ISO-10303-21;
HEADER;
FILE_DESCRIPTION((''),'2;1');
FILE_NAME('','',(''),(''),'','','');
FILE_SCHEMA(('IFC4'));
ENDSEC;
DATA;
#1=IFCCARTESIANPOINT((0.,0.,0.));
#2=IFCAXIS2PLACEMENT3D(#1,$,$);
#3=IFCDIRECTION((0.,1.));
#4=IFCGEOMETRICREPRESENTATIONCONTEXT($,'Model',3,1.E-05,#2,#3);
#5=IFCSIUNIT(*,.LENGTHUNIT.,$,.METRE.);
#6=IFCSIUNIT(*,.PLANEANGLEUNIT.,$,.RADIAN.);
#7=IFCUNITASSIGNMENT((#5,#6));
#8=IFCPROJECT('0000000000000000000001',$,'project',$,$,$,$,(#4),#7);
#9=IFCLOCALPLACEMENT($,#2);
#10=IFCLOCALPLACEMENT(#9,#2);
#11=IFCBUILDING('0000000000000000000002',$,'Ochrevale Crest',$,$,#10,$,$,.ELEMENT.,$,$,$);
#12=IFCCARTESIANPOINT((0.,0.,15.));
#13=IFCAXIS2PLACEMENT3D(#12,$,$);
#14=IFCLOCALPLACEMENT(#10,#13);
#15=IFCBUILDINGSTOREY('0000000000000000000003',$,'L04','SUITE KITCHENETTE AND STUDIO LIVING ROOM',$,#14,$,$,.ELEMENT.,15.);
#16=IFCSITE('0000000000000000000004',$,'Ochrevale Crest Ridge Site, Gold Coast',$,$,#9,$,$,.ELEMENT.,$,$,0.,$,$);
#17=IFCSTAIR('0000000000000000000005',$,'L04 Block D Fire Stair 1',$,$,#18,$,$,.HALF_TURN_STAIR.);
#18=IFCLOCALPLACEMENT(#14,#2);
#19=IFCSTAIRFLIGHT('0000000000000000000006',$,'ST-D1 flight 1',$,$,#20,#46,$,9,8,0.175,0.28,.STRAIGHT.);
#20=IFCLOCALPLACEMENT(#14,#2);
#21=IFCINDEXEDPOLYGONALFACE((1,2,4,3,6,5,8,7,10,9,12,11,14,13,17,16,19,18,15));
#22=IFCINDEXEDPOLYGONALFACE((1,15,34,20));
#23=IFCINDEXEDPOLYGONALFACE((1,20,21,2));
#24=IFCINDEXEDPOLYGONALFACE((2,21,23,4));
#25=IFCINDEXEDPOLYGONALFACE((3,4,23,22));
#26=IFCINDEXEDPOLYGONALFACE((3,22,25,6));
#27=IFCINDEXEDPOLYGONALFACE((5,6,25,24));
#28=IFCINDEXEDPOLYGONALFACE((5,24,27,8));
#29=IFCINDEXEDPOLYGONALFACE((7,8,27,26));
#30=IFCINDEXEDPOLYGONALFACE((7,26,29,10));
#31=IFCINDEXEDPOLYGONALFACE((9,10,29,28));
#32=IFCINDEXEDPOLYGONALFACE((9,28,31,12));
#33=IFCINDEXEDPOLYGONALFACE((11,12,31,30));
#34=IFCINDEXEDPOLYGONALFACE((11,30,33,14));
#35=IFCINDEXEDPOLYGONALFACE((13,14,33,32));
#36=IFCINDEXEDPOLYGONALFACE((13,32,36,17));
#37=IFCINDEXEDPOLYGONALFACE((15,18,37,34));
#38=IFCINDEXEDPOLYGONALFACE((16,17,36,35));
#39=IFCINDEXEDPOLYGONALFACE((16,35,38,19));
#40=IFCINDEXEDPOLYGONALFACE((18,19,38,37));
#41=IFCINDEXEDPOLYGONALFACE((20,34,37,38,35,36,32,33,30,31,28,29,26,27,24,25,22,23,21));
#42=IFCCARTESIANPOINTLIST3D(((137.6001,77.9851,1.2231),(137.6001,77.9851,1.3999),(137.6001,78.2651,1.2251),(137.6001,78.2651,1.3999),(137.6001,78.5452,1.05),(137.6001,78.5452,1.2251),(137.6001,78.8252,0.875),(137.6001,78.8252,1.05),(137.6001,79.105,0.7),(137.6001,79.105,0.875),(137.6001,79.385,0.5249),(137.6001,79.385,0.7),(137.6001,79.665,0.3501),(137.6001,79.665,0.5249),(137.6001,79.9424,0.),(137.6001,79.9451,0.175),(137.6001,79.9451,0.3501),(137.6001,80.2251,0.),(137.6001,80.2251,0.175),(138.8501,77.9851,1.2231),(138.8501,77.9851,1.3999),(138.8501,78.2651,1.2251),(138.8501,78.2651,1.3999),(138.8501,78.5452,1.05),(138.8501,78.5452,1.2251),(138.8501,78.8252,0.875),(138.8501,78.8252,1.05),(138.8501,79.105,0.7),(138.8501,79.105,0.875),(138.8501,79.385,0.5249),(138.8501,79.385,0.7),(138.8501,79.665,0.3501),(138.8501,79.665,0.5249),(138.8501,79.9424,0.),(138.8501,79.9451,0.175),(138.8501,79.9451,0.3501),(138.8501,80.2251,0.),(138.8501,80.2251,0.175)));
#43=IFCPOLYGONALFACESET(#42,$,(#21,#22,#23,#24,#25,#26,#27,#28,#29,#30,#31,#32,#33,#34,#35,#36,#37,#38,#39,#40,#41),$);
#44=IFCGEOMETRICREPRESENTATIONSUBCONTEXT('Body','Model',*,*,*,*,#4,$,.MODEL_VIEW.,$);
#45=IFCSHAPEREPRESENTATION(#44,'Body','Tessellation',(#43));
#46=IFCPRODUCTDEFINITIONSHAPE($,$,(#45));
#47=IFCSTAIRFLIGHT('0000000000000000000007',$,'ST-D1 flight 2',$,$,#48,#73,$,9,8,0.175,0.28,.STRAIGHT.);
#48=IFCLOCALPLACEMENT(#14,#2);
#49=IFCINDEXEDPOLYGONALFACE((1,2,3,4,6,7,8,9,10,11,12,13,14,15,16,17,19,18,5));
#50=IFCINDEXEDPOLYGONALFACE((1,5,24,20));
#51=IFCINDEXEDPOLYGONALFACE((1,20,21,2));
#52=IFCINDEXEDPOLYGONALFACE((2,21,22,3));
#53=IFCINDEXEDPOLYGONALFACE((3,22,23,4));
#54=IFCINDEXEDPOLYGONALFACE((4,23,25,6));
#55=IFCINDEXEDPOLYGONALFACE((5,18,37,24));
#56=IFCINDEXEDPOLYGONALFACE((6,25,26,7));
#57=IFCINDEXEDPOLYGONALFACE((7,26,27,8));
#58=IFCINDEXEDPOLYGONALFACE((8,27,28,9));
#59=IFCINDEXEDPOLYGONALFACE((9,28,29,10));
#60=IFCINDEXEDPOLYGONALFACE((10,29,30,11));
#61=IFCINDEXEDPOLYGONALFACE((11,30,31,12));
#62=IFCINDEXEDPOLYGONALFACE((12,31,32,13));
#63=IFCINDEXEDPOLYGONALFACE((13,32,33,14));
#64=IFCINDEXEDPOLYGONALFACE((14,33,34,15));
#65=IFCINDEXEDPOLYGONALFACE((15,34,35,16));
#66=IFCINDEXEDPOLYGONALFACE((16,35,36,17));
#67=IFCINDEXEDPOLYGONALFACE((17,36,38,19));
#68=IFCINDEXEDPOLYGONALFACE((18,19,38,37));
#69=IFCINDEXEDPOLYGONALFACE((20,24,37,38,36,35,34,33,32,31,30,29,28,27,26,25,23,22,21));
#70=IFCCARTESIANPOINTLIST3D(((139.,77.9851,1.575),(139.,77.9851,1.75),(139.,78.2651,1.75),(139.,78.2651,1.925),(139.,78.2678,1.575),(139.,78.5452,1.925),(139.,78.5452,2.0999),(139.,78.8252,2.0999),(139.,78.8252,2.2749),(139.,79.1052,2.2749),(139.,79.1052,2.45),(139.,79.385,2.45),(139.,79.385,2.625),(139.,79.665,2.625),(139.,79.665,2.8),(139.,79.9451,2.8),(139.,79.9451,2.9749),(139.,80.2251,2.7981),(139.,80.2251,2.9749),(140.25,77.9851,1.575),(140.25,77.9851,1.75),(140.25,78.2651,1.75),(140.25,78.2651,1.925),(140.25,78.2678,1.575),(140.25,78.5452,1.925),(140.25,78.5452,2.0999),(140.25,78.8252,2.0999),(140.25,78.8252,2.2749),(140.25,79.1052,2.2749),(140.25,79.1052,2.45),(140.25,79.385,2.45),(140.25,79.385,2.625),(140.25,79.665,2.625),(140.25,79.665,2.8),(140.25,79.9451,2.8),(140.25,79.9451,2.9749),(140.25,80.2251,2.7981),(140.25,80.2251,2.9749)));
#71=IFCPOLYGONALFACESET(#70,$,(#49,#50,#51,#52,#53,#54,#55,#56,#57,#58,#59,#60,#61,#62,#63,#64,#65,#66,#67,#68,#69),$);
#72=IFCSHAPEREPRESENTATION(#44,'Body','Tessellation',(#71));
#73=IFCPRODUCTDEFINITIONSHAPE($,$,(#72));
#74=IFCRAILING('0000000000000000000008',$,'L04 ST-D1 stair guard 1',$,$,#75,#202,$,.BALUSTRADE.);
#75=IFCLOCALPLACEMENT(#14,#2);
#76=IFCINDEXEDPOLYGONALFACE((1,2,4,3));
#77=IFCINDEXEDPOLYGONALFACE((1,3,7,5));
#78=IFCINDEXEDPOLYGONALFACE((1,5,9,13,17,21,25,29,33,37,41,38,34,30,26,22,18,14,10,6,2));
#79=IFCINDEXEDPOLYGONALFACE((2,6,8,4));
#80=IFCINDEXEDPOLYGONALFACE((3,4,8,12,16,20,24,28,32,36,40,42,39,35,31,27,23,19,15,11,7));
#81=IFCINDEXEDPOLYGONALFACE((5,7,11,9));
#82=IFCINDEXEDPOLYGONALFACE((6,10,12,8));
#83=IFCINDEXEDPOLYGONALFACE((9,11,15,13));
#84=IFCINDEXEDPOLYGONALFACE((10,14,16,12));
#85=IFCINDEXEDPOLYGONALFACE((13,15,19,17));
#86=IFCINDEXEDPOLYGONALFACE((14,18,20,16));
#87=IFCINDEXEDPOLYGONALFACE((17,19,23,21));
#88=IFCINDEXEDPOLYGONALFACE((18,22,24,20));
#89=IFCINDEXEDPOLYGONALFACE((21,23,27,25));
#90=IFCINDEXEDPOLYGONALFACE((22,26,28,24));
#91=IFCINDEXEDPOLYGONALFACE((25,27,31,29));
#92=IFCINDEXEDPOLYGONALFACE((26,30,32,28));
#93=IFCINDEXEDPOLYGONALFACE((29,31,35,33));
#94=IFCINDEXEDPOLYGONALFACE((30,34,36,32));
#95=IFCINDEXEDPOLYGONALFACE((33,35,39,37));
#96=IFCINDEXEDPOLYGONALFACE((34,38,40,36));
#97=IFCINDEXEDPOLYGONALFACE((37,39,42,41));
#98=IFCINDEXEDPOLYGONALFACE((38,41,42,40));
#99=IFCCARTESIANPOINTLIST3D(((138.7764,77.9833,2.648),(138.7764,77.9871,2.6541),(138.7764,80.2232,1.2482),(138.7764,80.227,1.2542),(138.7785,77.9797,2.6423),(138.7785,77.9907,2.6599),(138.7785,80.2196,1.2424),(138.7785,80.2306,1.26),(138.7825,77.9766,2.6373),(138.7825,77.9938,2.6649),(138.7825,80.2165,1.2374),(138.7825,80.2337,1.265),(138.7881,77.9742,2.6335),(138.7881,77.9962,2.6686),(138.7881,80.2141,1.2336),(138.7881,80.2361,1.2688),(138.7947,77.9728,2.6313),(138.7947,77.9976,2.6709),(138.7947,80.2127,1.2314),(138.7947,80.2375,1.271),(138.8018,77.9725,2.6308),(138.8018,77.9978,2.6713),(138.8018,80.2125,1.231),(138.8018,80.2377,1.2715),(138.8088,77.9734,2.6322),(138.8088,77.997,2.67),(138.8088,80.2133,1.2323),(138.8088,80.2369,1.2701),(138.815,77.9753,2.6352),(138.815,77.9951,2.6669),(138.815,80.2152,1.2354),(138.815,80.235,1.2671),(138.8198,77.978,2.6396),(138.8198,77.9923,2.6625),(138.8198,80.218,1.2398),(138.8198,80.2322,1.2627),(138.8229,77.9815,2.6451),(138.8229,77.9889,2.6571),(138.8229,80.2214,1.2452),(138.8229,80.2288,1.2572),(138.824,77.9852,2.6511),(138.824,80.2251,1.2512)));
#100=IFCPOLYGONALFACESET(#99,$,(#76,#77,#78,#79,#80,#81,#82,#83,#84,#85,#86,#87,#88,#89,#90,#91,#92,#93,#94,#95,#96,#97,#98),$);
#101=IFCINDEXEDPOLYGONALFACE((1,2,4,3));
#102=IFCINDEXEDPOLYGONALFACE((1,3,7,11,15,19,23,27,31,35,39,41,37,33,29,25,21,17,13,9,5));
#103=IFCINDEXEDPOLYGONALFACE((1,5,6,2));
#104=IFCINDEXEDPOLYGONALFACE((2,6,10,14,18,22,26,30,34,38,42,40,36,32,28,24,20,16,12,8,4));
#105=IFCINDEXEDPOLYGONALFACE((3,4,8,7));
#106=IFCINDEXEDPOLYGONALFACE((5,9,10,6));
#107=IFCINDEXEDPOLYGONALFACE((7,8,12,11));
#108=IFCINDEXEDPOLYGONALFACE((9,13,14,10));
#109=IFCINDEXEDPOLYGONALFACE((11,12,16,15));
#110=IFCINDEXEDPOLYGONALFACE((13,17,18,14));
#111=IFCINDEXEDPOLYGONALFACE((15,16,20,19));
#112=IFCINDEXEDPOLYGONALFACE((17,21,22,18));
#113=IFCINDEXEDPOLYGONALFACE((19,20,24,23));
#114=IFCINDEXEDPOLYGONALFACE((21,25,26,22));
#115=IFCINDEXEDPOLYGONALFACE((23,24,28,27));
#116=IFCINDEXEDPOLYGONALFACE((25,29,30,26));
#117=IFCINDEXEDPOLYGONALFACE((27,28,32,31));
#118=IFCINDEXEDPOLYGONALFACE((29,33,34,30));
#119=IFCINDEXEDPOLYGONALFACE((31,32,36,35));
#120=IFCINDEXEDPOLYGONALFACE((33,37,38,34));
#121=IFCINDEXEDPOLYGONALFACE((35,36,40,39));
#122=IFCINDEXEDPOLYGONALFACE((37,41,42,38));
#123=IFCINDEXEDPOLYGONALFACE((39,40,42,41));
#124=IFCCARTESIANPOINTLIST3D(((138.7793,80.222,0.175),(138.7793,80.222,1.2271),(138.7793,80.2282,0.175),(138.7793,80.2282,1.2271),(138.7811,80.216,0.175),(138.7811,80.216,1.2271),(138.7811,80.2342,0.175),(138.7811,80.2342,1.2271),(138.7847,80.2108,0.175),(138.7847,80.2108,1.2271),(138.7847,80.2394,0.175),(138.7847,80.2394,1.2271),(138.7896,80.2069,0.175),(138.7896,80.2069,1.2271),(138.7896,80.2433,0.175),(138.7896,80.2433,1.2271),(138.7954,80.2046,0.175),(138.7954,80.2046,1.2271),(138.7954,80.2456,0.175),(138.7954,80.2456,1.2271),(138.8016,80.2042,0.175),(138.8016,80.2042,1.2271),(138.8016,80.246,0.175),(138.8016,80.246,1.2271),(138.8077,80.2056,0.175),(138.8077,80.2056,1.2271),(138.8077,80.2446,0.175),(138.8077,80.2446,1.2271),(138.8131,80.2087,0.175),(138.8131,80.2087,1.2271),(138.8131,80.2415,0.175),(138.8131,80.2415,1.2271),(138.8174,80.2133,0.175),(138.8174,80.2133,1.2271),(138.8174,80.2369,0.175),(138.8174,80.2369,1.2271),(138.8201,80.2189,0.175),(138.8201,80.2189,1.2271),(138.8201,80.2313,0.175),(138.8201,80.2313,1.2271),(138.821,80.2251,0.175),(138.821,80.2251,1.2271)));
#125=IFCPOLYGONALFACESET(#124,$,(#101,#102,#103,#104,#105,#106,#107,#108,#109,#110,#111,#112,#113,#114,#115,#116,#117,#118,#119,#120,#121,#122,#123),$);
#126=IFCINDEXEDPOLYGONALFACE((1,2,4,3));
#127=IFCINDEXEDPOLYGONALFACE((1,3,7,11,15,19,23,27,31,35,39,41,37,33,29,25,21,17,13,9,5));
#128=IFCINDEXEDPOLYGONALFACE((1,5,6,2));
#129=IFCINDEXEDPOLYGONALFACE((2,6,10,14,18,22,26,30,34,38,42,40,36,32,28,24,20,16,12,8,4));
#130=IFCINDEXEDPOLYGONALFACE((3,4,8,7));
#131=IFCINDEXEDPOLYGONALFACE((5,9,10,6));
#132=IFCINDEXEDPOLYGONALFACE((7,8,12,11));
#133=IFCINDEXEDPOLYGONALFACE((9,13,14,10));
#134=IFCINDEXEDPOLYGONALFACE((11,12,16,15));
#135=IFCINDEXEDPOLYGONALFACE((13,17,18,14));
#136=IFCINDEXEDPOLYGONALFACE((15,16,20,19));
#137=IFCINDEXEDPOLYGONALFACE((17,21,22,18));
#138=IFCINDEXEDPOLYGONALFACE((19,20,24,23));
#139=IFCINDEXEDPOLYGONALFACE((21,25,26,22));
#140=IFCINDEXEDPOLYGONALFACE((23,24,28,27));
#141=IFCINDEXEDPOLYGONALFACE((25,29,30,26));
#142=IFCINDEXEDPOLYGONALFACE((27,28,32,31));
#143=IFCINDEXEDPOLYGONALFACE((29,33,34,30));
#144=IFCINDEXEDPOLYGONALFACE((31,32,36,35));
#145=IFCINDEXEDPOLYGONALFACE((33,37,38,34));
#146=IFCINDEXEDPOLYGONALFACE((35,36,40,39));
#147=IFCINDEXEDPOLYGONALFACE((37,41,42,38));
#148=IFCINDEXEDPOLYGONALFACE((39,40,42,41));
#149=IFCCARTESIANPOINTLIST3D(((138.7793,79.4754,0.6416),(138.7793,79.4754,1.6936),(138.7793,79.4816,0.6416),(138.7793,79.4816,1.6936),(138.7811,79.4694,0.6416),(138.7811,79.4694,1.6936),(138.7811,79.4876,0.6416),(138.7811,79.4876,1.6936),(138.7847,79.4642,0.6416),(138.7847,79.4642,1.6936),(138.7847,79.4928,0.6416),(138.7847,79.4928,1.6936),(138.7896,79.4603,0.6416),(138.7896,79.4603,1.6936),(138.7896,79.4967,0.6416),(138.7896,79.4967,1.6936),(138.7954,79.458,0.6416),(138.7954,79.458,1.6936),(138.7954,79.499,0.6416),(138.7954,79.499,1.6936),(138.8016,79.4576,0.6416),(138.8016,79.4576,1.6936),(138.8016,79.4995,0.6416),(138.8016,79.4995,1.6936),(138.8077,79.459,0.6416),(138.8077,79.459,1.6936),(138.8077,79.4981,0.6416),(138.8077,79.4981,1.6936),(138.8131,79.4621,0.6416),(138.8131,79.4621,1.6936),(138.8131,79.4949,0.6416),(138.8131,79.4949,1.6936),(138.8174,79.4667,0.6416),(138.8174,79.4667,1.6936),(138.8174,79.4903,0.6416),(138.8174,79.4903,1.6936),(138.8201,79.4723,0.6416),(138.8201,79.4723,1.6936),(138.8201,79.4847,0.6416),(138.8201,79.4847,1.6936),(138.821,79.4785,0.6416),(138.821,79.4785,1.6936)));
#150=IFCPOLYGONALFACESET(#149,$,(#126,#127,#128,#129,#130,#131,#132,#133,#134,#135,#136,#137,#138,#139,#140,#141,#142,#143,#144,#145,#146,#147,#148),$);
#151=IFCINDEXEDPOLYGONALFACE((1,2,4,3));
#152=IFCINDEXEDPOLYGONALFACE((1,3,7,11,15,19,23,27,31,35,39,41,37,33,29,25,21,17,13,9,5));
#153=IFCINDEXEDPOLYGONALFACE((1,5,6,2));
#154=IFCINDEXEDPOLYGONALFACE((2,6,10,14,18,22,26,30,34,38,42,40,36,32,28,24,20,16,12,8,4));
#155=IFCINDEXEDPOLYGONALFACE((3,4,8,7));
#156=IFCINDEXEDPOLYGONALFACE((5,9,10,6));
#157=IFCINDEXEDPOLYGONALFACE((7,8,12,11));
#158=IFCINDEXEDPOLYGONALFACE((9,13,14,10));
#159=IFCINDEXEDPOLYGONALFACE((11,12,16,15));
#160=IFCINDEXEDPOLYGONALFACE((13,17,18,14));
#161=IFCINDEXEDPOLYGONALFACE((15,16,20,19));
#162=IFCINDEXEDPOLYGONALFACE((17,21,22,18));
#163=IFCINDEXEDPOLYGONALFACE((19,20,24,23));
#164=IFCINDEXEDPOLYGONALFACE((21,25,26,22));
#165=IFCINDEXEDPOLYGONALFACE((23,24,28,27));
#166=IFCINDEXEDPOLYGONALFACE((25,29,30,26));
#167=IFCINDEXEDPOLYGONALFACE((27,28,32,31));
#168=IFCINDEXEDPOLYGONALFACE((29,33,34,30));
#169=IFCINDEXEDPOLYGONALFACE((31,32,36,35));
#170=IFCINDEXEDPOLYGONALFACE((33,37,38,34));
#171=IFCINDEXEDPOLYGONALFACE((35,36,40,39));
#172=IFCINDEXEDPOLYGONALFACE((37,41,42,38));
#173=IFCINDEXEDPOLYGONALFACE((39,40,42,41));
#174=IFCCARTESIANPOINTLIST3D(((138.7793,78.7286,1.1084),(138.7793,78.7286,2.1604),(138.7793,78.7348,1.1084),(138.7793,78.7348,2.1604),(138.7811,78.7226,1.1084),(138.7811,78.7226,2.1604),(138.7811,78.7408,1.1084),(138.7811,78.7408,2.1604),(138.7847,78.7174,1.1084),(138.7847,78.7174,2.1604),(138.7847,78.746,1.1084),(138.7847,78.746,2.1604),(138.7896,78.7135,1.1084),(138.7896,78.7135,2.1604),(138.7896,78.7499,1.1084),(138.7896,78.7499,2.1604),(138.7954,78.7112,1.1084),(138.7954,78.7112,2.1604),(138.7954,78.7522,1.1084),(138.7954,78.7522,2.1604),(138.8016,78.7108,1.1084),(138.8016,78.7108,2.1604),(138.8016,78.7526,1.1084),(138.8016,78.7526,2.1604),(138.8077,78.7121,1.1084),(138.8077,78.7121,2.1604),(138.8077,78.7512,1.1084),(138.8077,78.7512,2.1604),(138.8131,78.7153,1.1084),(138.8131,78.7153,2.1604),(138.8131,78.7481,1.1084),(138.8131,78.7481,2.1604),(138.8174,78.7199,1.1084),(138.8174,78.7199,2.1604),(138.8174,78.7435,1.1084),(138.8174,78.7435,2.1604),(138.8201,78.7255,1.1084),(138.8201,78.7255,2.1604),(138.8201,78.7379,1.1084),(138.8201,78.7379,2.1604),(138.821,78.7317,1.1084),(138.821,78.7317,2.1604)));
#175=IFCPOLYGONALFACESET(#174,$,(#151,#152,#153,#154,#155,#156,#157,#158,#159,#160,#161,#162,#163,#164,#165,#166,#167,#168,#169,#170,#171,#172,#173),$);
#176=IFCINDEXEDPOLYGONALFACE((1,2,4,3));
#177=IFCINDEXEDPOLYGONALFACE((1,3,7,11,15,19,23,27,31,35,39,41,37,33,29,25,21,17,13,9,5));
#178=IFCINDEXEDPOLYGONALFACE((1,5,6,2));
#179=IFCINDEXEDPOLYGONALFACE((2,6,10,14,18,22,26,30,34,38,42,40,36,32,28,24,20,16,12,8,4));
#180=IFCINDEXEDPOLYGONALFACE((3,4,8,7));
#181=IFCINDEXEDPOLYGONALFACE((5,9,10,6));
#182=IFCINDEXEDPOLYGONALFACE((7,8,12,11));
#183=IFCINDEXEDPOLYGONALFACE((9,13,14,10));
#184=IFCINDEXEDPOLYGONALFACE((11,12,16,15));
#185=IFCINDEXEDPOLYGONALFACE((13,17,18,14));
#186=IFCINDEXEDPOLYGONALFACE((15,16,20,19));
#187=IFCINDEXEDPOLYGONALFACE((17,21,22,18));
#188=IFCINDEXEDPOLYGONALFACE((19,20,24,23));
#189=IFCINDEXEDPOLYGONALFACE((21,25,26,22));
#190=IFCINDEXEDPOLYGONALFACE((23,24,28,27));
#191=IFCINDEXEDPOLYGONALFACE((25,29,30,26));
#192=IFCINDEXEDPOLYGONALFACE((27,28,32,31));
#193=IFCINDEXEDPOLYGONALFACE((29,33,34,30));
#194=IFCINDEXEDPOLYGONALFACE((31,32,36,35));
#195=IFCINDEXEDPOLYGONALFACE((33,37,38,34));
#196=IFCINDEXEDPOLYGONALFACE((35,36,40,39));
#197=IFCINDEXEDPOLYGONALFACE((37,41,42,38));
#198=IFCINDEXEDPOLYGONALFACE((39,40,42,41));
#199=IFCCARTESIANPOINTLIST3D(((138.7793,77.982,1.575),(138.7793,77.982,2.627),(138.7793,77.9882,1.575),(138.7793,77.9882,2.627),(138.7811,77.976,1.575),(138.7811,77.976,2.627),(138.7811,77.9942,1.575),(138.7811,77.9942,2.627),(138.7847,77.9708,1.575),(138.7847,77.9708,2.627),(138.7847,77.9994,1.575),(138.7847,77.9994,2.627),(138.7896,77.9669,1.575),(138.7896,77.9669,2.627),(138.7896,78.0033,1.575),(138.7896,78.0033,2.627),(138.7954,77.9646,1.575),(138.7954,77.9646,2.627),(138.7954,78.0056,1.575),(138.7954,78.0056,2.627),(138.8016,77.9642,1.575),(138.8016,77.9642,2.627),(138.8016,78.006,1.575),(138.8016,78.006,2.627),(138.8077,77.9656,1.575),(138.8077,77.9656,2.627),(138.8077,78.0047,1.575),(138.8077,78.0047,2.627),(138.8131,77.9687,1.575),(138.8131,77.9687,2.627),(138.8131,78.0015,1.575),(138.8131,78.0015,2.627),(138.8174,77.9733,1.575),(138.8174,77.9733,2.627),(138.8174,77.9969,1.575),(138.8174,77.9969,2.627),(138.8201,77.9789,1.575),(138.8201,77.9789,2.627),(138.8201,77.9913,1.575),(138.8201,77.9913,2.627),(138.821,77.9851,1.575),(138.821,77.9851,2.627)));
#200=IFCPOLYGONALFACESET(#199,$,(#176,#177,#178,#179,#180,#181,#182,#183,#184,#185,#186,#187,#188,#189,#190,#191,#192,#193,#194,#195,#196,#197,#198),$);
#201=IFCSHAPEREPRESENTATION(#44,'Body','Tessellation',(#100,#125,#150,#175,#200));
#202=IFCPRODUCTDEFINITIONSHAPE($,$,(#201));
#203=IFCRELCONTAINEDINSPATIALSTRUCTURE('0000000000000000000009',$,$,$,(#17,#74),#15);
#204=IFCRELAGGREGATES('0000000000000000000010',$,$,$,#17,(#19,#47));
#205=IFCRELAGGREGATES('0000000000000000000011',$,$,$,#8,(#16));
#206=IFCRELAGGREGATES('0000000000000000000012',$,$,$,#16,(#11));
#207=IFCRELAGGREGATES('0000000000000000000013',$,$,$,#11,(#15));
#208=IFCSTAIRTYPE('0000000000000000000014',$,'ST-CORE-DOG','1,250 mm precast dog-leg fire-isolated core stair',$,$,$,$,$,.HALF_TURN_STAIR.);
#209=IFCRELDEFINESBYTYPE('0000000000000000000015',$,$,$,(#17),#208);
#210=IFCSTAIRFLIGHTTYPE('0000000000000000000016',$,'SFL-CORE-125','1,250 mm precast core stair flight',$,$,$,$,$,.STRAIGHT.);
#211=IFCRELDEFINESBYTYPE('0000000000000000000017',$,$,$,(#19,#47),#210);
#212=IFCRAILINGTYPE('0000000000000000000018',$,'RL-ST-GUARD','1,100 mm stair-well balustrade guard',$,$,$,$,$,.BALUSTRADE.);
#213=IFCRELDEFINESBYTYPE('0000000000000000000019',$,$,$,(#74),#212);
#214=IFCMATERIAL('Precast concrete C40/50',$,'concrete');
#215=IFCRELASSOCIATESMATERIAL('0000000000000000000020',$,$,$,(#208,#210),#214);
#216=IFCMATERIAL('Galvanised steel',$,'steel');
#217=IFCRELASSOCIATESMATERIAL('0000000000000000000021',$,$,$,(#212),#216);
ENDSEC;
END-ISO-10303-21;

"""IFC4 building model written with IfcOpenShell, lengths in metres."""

from ifc_helpers import new_model, si_unit, direction, frame, origin, origin_2d, place, context, subcontext, project, spatial, polyline, circle, outline, extrude, material, type_object, element, aggregate, save


model = new_model("IFC4")

# Units and contexts
model_context = context("Model", 3, precision=1e-05, world=origin(), true_north=direction((0.0, 1.0)))
body_context = subcontext(model_context, "Body", "Model", "MODEL_VIEW")
ifc_project = project(units=[si_unit("LENGTHUNIT", "METRE"), si_unit("PLANEANGLEUNIT", "RADIAN")], contexts=[model_context])

# Site, building, storey
site_placement = place(None, origin())
site = spatial("IfcSite", under=ifc_project, at=site_placement, Name="Ochrevale Crest Ridge Site, Gold Coast", CompositionType="ELEMENT", RefElevation=0.0)
building_placement = place(site_placement, origin())
building = spatial("IfcBuilding", under=site, at=building_placement, Name="Ochrevale Crest", CompositionType="ELEMENT")
storey_placement = place(building_placement, frame((0.0, 0.0, 15.0)))
storey = spatial("IfcBuildingStorey", under=building, at=storey_placement, Name="L04", Description="SUITE KITCHENETTE AND STUDIO LIVING ROOM", CompositionType="ELEMENT", Elevation=15.0)

# Shared definitions
ifc_material_1 = material(Name="Precast concrete C40/50", Category="concrete")

# Stair, stair flights
stair_type = type_object("IfcStairType", Name="ST-CORE-DOG", Description="1,250 mm precast dog-leg fire-isolated core stair", PredefinedType="HALF_TURN_STAIR", material=ifc_material_1)
stair_placement = place(storey_placement, origin())
stair = element("IfcStair", 1, at=stair_placement, inside=storey, type_object=stair_type, Name="L04 Block D Fire Stair 1", PredefinedType="HALF_TURN_STAIR")
stair_flight_type = type_object("IfcStairFlightType", Name="SFL-CORE-125", Description="1,250 mm precast core stair flight", PredefinedType="STRAIGHT", material=ifc_material_1)
stair_flight_1_placement = place(storey_placement, frame((138.2251, 80.2251, 0.0), z_axis=(0.0, 0.0, 1.0), x_axis=(0.0, -1.0, 0.0)))
stair_flight_1 = element("IfcStairFlight", 2, at=stair_flight_1_placement, type_object=stair_flight_type, Name="ST-D1 flight 1", NumberOfRisers=9, NumberOfTreads=8, PredefinedType="STRAIGHT", RiserHeight=0.175, TreadLength=0.28, context=body_context, shape_type="SweptSolid", body=[
    extrude(outline(polyline([(0.0, 0.0), (0.0, 0.175), (0.28, 0.175), (0.28, 0.3501), (0.5601, 0.3501), (0.5601, 0.5249), (0.8401, 0.5249), (0.8401, 0.7), (1.1201, 0.7), (1.1201, 0.875), (1.3999, 0.875), (1.3999, 1.05), (1.6799, 1.05), (1.6799, 1.2251), (1.96, 1.2251), (1.96, 1.3999), (2.24, 1.3999), (2.24, 1.575), (2.24, 1.2231), (0.2827, 0.0), (0.0, 0.0)])), frame((0.0, 0.625, 0.0), z_axis=(0.0, -1.0, 0.0), x_axis=(1.0, 0.0, 0.0)), (0.0, 0.0, 1.0), 1.25),
])
stair_flight_2_placement = place(storey_placement, frame((139.625, 77.9851, 1.575), z_axis=(0.0, 0.0, 1.0), x_axis=(0.0, 1.0, 0.0)))
stair_flight_2 = element("IfcStairFlight", 3, at=stair_flight_2_placement, type_object=stair_flight_type, Name="ST-D1 flight 2", NumberOfRisers=9, NumberOfTreads=8, PredefinedType="STRAIGHT", RiserHeight=0.175, TreadLength=0.28, context=body_context, shape_type="SweptSolid", body=[
    extrude(outline(polyline([(0.0, 0.0), (0.0, 0.175), (0.28, 0.175), (0.28, 0.3501), (0.5601, 0.3501), (0.5601, 0.5249), (0.8401, 0.5249), (0.8401, 0.7), (1.1201, 0.7), (1.1201, 0.875), (1.3999, 0.875), (1.3999, 1.05), (1.6799, 1.05), (1.6799, 1.2251), (1.96, 1.2251), (1.96, 1.3999), (2.24, 1.3999), (2.24, 1.575), (2.24, 1.2231), (0.2827, 0.0), (0.0, 0.0)])), frame((0.0, 0.625, 0.0), z_axis=(0.0, -1.0, 0.0), x_axis=(1.0, 0.0, 0.0)), (0.0, 0.0, 1.0), 1.25),
])
aggregate(stair, [stair_flight_1, stair_flight_2])

# Railing
ifc_material_2 = material(Name="Galvanised steel", Category="steel")
railing_type_1 = type_object("IfcRailingType", Name="RL-ST-GUARD", Description="1,100 mm stair-well balustrade guard", PredefinedType="BALUSTRADE", material=ifc_material_2)
railing_1_placement = place(storey_placement, frame((138.8, 80.2251, 0.175)))
element("IfcRailing", 4, at=railing_1_placement, inside=storey, type_object=railing_type_1, Name="L04 ST-D1 stair guard 1", PredefinedType="BALUSTRADE", context=body_context, shape_type="SweptSolid", body=[
    extrude(circle(Radius=0.0239, at=origin_2d()), frame((0.0, 0.0, 1.0762), z_axis=(0.0, -0.848014, 0.529974), x_axis=(1.0, 0.0, 0.0)), (0.0, 0.0, 1.0), 2.6414),
    extrude(circle(Radius=0.021, at=origin_2d()), origin(), (0.0, 0.0, 1.0), 1.052),
    extrude(circle(Radius=0.021, at=origin_2d()), frame((0.0, -0.7466, 0.4666)), (0.0, 0.0, 1.0), 1.052),
    extrude(circle(Radius=0.021, at=origin_2d()), frame((0.0, -1.4934, 0.9333)), (0.0, 0.0, 1.0), 1.052),
    extrude(circle(Radius=0.021, at=origin_2d()), frame((0.0, -2.24, 1.3999)), (0.0, 0.0, 1.0), 1.052),
])

save(model, "model.ifc")
